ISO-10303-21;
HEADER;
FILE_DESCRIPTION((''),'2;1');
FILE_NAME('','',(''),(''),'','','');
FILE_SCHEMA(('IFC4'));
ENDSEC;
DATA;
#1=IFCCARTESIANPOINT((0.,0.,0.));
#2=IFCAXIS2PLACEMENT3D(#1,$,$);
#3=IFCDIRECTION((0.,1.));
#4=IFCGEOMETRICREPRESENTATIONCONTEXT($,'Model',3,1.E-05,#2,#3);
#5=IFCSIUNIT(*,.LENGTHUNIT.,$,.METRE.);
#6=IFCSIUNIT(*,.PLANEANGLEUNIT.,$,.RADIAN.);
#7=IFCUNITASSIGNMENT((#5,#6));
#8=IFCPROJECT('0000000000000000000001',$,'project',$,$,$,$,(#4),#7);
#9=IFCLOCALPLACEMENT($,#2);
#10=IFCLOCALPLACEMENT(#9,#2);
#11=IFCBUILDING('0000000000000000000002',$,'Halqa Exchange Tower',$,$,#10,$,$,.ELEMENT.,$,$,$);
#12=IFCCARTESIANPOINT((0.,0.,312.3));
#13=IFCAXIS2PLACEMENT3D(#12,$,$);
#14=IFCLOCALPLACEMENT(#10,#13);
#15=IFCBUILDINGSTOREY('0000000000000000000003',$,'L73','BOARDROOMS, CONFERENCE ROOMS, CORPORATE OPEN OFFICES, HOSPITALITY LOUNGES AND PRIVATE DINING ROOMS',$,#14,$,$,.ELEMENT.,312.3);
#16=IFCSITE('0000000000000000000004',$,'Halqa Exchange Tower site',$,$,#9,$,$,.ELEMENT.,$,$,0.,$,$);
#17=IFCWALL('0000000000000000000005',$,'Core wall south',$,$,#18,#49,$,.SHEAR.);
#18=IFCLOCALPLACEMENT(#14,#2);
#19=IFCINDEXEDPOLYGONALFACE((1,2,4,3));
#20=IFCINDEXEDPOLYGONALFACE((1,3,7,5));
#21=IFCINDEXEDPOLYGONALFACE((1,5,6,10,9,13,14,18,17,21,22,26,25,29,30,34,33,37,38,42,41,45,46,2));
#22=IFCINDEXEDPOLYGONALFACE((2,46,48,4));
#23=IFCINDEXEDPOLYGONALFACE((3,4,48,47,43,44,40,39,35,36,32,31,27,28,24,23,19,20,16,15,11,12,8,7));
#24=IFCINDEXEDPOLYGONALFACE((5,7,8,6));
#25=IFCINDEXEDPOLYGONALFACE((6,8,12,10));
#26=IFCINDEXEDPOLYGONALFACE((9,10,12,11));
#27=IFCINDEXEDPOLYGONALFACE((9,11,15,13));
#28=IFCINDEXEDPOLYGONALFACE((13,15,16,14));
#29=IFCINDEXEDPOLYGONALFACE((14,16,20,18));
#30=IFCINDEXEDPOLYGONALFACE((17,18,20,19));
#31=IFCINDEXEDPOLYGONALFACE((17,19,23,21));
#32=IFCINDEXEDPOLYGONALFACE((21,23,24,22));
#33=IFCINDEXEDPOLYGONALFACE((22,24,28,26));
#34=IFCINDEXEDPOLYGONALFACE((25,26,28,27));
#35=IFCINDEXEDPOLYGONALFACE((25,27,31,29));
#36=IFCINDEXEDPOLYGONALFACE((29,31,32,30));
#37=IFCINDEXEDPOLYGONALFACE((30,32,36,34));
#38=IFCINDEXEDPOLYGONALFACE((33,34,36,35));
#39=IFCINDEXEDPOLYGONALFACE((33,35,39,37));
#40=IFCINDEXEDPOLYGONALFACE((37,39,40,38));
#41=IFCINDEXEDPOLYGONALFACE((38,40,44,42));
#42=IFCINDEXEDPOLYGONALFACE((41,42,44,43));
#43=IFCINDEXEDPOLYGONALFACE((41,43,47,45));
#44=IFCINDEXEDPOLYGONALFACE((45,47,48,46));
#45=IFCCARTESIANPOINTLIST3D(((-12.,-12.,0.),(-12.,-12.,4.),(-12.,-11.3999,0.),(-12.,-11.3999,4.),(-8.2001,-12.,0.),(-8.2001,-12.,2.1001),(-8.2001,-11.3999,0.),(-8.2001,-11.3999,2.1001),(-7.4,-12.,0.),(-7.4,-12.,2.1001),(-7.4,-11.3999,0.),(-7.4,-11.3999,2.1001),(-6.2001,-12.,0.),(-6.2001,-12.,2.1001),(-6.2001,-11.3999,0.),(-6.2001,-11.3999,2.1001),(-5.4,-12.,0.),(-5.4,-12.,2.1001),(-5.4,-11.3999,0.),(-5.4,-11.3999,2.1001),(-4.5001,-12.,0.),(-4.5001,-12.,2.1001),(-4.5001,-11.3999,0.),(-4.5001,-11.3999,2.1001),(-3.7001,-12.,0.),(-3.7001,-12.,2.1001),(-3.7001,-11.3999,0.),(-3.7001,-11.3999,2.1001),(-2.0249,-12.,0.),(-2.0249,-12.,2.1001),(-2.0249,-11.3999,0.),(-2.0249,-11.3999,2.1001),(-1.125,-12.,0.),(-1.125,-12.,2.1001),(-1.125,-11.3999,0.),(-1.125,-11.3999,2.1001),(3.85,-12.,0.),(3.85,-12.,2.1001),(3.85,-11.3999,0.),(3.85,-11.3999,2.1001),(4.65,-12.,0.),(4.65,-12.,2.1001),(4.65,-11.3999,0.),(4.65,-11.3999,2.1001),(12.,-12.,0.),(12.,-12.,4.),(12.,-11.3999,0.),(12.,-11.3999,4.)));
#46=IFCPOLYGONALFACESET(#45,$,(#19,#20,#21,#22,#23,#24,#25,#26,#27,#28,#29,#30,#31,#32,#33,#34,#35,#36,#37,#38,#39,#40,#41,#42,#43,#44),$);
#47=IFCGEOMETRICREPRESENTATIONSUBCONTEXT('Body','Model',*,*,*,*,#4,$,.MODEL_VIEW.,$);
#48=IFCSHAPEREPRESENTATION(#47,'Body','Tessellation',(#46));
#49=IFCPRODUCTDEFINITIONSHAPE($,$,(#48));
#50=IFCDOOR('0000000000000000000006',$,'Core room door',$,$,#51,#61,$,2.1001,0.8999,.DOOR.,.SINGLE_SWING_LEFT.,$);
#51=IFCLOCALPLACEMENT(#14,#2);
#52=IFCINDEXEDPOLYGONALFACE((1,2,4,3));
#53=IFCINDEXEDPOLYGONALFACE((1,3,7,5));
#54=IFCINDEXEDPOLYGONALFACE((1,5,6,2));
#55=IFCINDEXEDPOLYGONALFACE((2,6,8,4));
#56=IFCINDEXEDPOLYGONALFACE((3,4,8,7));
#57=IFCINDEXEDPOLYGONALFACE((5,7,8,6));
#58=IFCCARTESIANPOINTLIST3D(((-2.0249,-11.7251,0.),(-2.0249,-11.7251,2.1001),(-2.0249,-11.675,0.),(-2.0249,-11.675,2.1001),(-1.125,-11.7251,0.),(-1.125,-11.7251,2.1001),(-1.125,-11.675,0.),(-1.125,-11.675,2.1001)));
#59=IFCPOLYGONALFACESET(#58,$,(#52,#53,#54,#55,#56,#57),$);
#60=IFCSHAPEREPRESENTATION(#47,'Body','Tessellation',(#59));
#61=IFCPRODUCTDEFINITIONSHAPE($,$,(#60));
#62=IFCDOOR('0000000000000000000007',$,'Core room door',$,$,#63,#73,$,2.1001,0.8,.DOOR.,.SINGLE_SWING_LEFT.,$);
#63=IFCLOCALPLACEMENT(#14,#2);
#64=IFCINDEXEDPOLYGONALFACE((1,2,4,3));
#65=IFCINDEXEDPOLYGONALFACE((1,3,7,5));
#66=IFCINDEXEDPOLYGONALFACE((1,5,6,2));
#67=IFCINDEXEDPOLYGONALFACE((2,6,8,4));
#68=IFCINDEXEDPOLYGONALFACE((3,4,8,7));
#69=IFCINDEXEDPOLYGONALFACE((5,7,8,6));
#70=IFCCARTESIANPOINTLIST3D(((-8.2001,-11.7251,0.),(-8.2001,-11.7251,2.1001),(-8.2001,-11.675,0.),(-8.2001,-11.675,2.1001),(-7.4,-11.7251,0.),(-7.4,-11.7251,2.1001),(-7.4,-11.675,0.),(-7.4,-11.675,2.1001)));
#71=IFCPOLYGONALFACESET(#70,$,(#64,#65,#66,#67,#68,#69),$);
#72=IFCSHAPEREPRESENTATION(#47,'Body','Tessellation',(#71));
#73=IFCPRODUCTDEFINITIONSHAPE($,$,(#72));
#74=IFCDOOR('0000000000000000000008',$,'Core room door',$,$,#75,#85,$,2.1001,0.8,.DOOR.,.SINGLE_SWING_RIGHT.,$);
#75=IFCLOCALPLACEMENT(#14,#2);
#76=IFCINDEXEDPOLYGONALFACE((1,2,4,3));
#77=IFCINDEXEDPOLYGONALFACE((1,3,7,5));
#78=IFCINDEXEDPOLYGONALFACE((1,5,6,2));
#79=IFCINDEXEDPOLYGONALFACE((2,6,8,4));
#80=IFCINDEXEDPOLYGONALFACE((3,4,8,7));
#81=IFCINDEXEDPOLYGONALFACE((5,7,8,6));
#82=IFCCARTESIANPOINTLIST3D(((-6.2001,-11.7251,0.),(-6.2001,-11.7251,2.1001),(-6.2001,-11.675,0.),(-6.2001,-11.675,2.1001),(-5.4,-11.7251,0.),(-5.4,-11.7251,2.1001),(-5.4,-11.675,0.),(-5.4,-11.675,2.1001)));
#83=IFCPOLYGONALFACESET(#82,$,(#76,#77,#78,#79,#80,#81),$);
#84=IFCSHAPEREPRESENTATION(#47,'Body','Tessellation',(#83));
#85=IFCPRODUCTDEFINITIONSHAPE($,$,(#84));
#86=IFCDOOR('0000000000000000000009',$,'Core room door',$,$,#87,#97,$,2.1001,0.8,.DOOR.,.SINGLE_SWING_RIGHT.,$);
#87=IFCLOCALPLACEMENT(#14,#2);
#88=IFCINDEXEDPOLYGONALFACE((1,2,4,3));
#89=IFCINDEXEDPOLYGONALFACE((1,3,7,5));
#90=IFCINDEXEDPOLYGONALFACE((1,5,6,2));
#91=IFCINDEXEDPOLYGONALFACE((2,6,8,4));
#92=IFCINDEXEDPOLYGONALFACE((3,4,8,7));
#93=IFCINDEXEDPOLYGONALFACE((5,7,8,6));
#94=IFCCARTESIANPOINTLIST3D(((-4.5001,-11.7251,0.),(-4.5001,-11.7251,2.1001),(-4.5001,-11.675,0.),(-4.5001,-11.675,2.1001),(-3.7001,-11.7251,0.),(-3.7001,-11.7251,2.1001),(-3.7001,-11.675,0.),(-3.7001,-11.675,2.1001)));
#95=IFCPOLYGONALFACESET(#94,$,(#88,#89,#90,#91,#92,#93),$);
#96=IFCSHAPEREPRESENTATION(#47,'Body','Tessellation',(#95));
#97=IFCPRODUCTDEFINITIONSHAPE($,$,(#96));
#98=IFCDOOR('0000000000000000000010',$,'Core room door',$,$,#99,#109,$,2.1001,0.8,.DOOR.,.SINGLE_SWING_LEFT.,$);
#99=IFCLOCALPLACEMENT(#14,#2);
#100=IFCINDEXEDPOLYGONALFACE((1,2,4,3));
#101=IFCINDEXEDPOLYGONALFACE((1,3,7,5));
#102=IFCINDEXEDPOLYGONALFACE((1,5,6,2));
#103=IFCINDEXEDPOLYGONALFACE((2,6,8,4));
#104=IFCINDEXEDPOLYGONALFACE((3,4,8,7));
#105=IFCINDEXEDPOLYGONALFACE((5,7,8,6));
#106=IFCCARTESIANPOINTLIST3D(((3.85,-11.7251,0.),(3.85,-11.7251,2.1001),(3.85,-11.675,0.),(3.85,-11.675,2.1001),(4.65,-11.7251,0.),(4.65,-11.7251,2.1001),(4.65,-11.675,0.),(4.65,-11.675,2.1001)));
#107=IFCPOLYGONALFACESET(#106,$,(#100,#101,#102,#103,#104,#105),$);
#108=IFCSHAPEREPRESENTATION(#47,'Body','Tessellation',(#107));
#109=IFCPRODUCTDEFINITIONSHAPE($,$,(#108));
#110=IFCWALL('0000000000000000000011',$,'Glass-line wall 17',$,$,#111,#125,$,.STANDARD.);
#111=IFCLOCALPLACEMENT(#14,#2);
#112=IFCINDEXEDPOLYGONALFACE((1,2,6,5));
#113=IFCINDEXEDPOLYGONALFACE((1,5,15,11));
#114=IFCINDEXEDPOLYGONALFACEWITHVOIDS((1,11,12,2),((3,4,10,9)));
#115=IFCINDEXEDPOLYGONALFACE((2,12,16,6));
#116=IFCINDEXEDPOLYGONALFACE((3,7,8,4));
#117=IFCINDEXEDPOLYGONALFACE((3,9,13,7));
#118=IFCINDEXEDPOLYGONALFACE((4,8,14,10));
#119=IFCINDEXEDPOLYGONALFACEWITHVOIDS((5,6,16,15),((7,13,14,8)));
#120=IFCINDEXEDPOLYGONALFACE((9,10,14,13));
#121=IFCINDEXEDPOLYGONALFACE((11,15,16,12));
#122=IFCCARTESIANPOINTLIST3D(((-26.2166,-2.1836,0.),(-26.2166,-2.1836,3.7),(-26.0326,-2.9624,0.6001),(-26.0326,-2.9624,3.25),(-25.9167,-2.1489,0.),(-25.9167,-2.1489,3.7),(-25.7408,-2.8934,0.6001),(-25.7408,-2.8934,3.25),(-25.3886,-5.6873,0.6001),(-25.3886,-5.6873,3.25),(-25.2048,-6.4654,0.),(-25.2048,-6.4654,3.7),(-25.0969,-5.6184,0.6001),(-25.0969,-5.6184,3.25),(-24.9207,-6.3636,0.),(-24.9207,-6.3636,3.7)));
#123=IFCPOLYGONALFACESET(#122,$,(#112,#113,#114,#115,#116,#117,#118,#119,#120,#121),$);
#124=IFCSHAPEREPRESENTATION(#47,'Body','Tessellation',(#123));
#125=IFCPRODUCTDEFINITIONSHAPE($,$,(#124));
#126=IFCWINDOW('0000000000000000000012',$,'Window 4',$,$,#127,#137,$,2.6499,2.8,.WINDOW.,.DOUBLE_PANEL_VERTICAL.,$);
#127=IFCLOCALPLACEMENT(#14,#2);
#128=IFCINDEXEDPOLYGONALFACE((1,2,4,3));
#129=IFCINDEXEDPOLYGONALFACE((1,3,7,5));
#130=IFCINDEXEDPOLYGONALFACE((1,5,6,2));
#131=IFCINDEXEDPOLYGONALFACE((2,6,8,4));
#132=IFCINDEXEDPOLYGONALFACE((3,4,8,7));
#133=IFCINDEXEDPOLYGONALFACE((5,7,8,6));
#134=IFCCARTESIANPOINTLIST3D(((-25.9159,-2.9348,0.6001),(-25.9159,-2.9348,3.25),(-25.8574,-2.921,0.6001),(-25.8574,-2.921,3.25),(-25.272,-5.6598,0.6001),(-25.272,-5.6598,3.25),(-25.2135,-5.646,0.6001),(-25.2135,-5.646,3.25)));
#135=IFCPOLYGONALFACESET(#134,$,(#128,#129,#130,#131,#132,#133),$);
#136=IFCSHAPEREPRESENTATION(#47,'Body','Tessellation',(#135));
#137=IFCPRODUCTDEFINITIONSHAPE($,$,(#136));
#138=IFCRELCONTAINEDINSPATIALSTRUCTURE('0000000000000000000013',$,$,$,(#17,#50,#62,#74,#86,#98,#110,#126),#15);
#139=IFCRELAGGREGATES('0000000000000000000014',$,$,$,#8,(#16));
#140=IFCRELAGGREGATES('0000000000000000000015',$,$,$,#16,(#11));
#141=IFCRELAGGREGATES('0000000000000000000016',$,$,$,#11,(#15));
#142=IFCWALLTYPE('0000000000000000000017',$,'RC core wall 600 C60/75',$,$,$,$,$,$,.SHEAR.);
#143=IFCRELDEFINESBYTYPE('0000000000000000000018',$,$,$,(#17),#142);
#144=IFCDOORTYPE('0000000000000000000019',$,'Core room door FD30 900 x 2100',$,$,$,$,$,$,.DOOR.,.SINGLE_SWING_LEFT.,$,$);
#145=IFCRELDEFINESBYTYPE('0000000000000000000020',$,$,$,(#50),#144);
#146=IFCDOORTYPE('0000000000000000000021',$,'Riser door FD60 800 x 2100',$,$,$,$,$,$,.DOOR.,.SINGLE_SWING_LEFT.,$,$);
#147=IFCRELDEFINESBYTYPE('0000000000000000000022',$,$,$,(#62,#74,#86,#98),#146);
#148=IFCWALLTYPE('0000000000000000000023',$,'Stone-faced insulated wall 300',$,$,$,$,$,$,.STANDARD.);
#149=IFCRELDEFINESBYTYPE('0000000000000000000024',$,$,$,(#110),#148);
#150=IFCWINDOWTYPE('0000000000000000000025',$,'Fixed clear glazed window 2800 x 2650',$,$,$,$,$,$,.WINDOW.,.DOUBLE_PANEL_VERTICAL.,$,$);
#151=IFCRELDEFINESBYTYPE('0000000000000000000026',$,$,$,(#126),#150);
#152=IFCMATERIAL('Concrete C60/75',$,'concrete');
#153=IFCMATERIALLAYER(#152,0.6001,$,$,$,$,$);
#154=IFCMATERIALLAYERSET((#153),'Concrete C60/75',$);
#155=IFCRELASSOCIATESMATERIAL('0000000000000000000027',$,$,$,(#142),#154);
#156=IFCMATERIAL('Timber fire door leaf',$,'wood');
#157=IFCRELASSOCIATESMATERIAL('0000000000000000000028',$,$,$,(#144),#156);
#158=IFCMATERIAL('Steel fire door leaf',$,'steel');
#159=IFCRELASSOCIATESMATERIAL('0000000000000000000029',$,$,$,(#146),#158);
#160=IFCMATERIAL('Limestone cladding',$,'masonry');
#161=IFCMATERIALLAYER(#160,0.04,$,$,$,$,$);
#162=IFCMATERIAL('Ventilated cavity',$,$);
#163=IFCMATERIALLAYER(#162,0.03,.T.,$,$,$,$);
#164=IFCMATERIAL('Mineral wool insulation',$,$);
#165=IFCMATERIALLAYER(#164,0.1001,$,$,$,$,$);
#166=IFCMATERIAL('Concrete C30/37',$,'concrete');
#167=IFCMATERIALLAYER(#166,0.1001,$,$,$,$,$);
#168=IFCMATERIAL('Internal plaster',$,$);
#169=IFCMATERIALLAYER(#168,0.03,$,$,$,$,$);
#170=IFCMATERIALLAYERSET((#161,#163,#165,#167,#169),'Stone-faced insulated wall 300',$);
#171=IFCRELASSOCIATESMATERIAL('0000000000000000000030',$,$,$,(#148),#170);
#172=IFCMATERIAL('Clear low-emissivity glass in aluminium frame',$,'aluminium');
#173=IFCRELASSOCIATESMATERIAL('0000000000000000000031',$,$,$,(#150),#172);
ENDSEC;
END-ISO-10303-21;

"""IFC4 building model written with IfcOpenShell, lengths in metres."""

from ifc_helpers import new_model, si_unit, direction, frame, frame_2d, origin, place, context, subcontext, project, spatial, polyline, rectangle, outline, extrude, material, layer, layer_set, type_object, element, fill, save


model = new_model("IFC4")

# Units and contexts
model_context = context("Model", 3, precision=1e-05, world=origin(), true_north=direction((0.0, 1.0)))
body_context = subcontext(model_context, "Body", "Model", "MODEL_VIEW")
ifc_project = project(units=[si_unit("LENGTHUNIT", "METRE"), si_unit("PLANEANGLEUNIT", "RADIAN")], contexts=[model_context])

# Site, building, storey
site_placement = place(None, origin())
site = spatial("IfcSite", under=ifc_project, at=site_placement, Name="Halqa Exchange Tower site", CompositionType="ELEMENT", RefElevation=0.0)
building_placement = place(site_placement, origin())
building = spatial("IfcBuilding", under=site, at=building_placement, Name="Halqa Exchange Tower", CompositionType="ELEMENT")
storey_placement = place(building_placement, frame((0.0, 0.0, 312.3)))
storey = spatial("IfcBuildingStorey", under=building, at=storey_placement, Name="L73", Description="BOARDROOMS, CONFERENCE ROOMS, CORPORATE OPEN OFFICES, HOSPITALITY LOUNGES AND PRIVATE DINING ROOMS", CompositionType="ELEMENT", Elevation=312.3)

# Shared definitions
ifc_material_1 = material(Name="Concrete C60/75", Category="concrete")

# Wall, openings, doors
ifc_layer_1 = layer(ifc_material_1, 0.6001)
ifc_layer_set_1 = layer_set([ifc_layer_1], Name="Concrete C60/75")
wall_type_1 = type_object("IfcWallType", Name="RC core wall 600 C60/75", PredefinedType="SHEAR", material=ifc_layer_set_1)
wall_1_placement = place(storey_placement, frame((-12.0, -11.7, 0.0), z_axis=(0.0, 0.0, 1.0), x_axis=(1.0, 0.0, 0.0)))
wall_1 = element("IfcWall", 1, at=wall_1_placement, inside=storey, type_object=wall_type_1, Name="Core wall south", PredefinedType="SHEAR", context=body_context, shape_type="SweptSolid", body=[
    extrude(rectangle(XDim=24.0, YDim=0.6001, at=frame_2d((12.0, 0.0))), origin(), (0.0, 0.0, 1.0), 4.0),
])
opening_1_placement = place(wall_1_placement, frame((9.9751, 0.0, 0.0)))
opening_1 = element("IfcOpeningElement", 2, at=opening_1_placement, cuts=wall_1, PredefinedType="OPENING", context=body_context, shape_type="SweptSolid", body=[
    extrude(rectangle(XDim=0.8999, YDim=2.1001, at=frame_2d((0.45, 1.05))), frame((0.0, 0.312, 0.0), z_axis=(0.0, -1.0, 0.0), x_axis=(1.0, 0.0, 0.0)), (0.0, 0.0, 1.0), 0.624),
])
opening_2_placement = place(wall_1_placement, frame((3.8, 0.0, 0.0)))
opening_2 = element("IfcOpeningElement", 3, at=opening_2_placement, cuts=wall_1, PredefinedType="OPENING", context=body_context, shape_type="SweptSolid", body=[
    extrude(rectangle(XDim=0.8, YDim=2.1001, at=frame_2d((0.3999, 1.05))), frame((0.0, 0.312, 0.0), z_axis=(0.0, -1.0, 0.0), x_axis=(1.0, 0.0, 0.0)), (0.0, 0.0, 1.0), 0.624),
])
opening_3_placement = place(wall_1_placement, frame((5.8, 0.0, 0.0)))
opening_3 = element("IfcOpeningElement", 4, at=opening_3_placement, cuts=wall_1, PredefinedType="OPENING", context=body_context, shape_type="SweptSolid", body=[
    extrude(rectangle(XDim=0.8, YDim=2.1001, at=frame_2d((0.3999, 1.05))), frame((0.0, 0.312, 0.0), z_axis=(0.0, -1.0, 0.0), x_axis=(1.0, 0.0, 0.0)), (0.0, 0.0, 1.0), 0.624),
])
opening_4_placement = place(wall_1_placement, frame((7.5, 0.0, 0.0)))
opening_4 = element("IfcOpeningElement", 5, at=opening_4_placement, cuts=wall_1, PredefinedType="OPENING", context=body_context, shape_type="SweptSolid", body=[
    extrude(rectangle(XDim=0.8, YDim=2.1001, at=frame_2d((0.3999, 1.05))), frame((0.0, 0.312, 0.0), z_axis=(0.0, -1.0, 0.0), x_axis=(1.0, 0.0, 0.0)), (0.0, 0.0, 1.0), 0.624),
])
opening_5_placement = place(wall_1_placement, frame((15.8501, 0.0, 0.0)))
opening_5 = element("IfcOpeningElement", 6, at=opening_5_placement, cuts=wall_1, PredefinedType="OPENING", context=body_context, shape_type="SweptSolid", body=[
    extrude(rectangle(XDim=0.8, YDim=2.1001, at=frame_2d((0.3999, 1.05))), frame((0.0, 0.312, 0.0), z_axis=(0.0, -1.0, 0.0), x_axis=(1.0, 0.0, 0.0)), (0.0, 0.0, 1.0), 0.624),
])
ifc_material_2 = material(Name="Timber fire door leaf", Category="wood")
door_type_1 = type_object("IfcDoorType", Name="Core room door FD30 900 x 2100", OperationType="SINGLE_SWING_LEFT", PredefinedType="DOOR", material=ifc_material_2)
door_1_placement = place(opening_1_placement, origin())
door_1 = element("IfcDoor", 7, at=door_1_placement, inside=storey, type_object=door_type_1, Name="Core room door", OperationType="SINGLE_SWING_LEFT", OverallHeight=2.1001, OverallWidth=0.8999, PredefinedType="DOOR", context=body_context, shape_type="SweptSolid", body=[
    extrude(rectangle(XDim=0.8999, YDim=2.1001, at=frame_2d((0.45, 1.05))), frame((0.0, 0.0249, 0.0), z_axis=(0.0, -1.0, 0.0), x_axis=(1.0, 0.0, 0.0)), (0.0, 0.0, 1.0), 0.05),
])
fill(opening_1, door_1)
ifc_material_3 = material(Name="Steel fire door leaf", Category="steel")
door_type_2 = type_object("IfcDoorType", Name="Riser door FD60 800 x 2100", OperationType="SINGLE_SWING_LEFT", PredefinedType="DOOR", material=ifc_material_3)
door_2_placement = place(opening_2_placement, origin())
door_2 = element("IfcDoor", 8, at=door_2_placement, inside=storey, type_object=door_type_2, Name="Core room door", OperationType="SINGLE_SWING_LEFT", OverallHeight=2.1001, OverallWidth=0.8, PredefinedType="DOOR", context=body_context, shape_type="SweptSolid", body=[
    extrude(rectangle(XDim=0.8, YDim=2.1001, at=frame_2d((0.3999, 1.05))), frame((0.0, 0.0249, 0.0), z_axis=(0.0, -1.0, 0.0), x_axis=(1.0, 0.0, 0.0)), (0.0, 0.0, 1.0), 0.05),
])
fill(opening_2, door_2)
door_3_placement = place(opening_3_placement, origin())
door_3 = element("IfcDoor", 9, at=door_3_placement, inside=storey, type_object=door_type_2, Name="Core room door", OperationType="SINGLE_SWING_RIGHT", OverallHeight=2.1001, OverallWidth=0.8, PredefinedType="DOOR", context=body_context, shape_type="SweptSolid", body=[
    extrude(rectangle(XDim=0.8, YDim=2.1001, at=frame_2d((0.3999, 1.05))), frame((0.0, 0.0249, 0.0), z_axis=(0.0, -1.0, 0.0), x_axis=(1.0, 0.0, 0.0)), (0.0, 0.0, 1.0), 0.05),
])
fill(opening_3, door_3)
door_4_placement = place(opening_4_placement, origin())
door_4 = element("IfcDoor", 10, at=door_4_placement, inside=storey, type_object=door_type_2, Name="Core room door", OperationType="SINGLE_SWING_RIGHT", OverallHeight=2.1001, OverallWidth=0.8, PredefinedType="DOOR", context=body_context, shape_type="SweptSolid", body=[
    extrude(rectangle(XDim=0.8, YDim=2.1001, at=frame_2d((0.3999, 1.05))), frame((0.0, 0.0249, 0.0), z_axis=(0.0, -1.0, 0.0), x_axis=(1.0, 0.0, 0.0)), (0.0, 0.0, 1.0), 0.05),
])
fill(opening_4, door_4)
door_5_placement = place(opening_5_placement, origin())
door_5 = element("IfcDoor", 11, at=door_5_placement, inside=storey, type_object=door_type_2, Name="Core room door", OperationType="SINGLE_SWING_LEFT", OverallHeight=2.1001, OverallWidth=0.8, PredefinedType="DOOR", context=body_context, shape_type="SweptSolid", body=[
    extrude(rectangle(XDim=0.8, YDim=2.1001, at=frame_2d((0.3999, 1.05))), frame((0.0, 0.0249, 0.0), z_axis=(0.0, -1.0, 0.0), x_axis=(1.0, 0.0, 0.0)), (0.0, 0.0, 1.0), 0.05),
])
fill(opening_5, door_5)

# Wall, opening, window
ifc_material_4 = material(Name="Limestone cladding", Category="masonry")
ifc_layer_2 = layer(ifc_material_4, 0.04)
ifc_material_5 = material(Name="Ventilated cavity")
ifc_layer_3 = layer(ifc_material_5, 0.03, ventilated=True)
ifc_material_6 = material(Name="Mineral wool insulation")
ifc_layer_4 = layer(ifc_material_6, 0.1001)
ifc_material_7 = material(Name="Concrete C30/37", Category="concrete")
ifc_layer_5 = layer(ifc_material_7, 0.1001)
ifc_material_8 = material(Name="Internal plaster")
ifc_layer_6 = layer(ifc_material_8, 0.03)
ifc_layer_set_2 = layer_set([ifc_layer_2, ifc_layer_3, ifc_layer_4, ifc_layer_5, ifc_layer_6], Name="Stone-faced insulated wall 300")
wall_type_2 = type_object("IfcWallType", Name="Stone-faced insulated wall 300", PredefinedType="STANDARD", material=ifc_layer_set_2)
wall_2_placement = place(storey_placement, frame((-26.0667, -2.1663, 0.0), z_axis=(0.0, 0.0, 1.0), x_axis=(0.229974, -0.973197, 0.0)))
wall_2 = element("IfcWall", 12, at=wall_2_placement, inside=storey, type_object=wall_type_2, Name="Glass-line wall 17", PredefinedType="STANDARD", context=body_context, shape_type="SweptSolid", body=[
    extrude(outline(polyline([(-0.0176, -0.1499), (4.3821, -0.1499), (4.3484, 0.1499), (0.0176, 0.1499), (-0.0176, -0.1499)])), origin(), (0.0, 0.0, 1.0), 3.7),
])
opening_6_placement = place(wall_2_placement, frame((0.7827, 0.0, 0.6001)))
opening_6 = element("IfcOpeningElement", 13, at=opening_6_placement, cuts=wall_2, PredefinedType="OPENING", context=body_context, shape_type="SweptSolid", body=[
    extrude(rectangle(XDim=2.8, YDim=2.6499, at=frame_2d((1.3999, 1.325))), frame((0.0, 0.1621, 0.0), z_axis=(0.0, -1.0, 0.0), x_axis=(1.0, 0.0, 0.0)), (0.0, 0.0, 1.0), 0.324),
])
ifc_material_9 = material(Name="Clear low-emissivity glass in aluminium frame", Category="aluminium")
window_type = type_object("IfcWindowType", Name="Fixed clear glazed window 2800 x 2650", PartitioningType="DOUBLE_PANEL_VERTICAL", PredefinedType="WINDOW", material=ifc_material_9)
window_1_placement = place(opening_6_placement, origin())
window_1 = element("IfcWindow", 14, at=window_1_placement, inside=storey, type_object=window_type, Name="Window 4", OverallHeight=2.6499, OverallWidth=2.8, PartitioningType="DOUBLE_PANEL_VERTICAL", PredefinedType="WINDOW", context=body_context, shape_type="SweptSolid", body=[
    extrude(rectangle(XDim=2.8, YDim=2.6499, at=frame_2d((1.3999, 1.325))), frame((0.0, 0.03, 0.0), z_axis=(0.0, -1.0, 0.0), x_axis=(1.0, 0.0, 0.0)), (0.0, 0.0, 1.0), 0.0601),
])
fill(opening_6, window_1)

save(model, "model.ifc")
